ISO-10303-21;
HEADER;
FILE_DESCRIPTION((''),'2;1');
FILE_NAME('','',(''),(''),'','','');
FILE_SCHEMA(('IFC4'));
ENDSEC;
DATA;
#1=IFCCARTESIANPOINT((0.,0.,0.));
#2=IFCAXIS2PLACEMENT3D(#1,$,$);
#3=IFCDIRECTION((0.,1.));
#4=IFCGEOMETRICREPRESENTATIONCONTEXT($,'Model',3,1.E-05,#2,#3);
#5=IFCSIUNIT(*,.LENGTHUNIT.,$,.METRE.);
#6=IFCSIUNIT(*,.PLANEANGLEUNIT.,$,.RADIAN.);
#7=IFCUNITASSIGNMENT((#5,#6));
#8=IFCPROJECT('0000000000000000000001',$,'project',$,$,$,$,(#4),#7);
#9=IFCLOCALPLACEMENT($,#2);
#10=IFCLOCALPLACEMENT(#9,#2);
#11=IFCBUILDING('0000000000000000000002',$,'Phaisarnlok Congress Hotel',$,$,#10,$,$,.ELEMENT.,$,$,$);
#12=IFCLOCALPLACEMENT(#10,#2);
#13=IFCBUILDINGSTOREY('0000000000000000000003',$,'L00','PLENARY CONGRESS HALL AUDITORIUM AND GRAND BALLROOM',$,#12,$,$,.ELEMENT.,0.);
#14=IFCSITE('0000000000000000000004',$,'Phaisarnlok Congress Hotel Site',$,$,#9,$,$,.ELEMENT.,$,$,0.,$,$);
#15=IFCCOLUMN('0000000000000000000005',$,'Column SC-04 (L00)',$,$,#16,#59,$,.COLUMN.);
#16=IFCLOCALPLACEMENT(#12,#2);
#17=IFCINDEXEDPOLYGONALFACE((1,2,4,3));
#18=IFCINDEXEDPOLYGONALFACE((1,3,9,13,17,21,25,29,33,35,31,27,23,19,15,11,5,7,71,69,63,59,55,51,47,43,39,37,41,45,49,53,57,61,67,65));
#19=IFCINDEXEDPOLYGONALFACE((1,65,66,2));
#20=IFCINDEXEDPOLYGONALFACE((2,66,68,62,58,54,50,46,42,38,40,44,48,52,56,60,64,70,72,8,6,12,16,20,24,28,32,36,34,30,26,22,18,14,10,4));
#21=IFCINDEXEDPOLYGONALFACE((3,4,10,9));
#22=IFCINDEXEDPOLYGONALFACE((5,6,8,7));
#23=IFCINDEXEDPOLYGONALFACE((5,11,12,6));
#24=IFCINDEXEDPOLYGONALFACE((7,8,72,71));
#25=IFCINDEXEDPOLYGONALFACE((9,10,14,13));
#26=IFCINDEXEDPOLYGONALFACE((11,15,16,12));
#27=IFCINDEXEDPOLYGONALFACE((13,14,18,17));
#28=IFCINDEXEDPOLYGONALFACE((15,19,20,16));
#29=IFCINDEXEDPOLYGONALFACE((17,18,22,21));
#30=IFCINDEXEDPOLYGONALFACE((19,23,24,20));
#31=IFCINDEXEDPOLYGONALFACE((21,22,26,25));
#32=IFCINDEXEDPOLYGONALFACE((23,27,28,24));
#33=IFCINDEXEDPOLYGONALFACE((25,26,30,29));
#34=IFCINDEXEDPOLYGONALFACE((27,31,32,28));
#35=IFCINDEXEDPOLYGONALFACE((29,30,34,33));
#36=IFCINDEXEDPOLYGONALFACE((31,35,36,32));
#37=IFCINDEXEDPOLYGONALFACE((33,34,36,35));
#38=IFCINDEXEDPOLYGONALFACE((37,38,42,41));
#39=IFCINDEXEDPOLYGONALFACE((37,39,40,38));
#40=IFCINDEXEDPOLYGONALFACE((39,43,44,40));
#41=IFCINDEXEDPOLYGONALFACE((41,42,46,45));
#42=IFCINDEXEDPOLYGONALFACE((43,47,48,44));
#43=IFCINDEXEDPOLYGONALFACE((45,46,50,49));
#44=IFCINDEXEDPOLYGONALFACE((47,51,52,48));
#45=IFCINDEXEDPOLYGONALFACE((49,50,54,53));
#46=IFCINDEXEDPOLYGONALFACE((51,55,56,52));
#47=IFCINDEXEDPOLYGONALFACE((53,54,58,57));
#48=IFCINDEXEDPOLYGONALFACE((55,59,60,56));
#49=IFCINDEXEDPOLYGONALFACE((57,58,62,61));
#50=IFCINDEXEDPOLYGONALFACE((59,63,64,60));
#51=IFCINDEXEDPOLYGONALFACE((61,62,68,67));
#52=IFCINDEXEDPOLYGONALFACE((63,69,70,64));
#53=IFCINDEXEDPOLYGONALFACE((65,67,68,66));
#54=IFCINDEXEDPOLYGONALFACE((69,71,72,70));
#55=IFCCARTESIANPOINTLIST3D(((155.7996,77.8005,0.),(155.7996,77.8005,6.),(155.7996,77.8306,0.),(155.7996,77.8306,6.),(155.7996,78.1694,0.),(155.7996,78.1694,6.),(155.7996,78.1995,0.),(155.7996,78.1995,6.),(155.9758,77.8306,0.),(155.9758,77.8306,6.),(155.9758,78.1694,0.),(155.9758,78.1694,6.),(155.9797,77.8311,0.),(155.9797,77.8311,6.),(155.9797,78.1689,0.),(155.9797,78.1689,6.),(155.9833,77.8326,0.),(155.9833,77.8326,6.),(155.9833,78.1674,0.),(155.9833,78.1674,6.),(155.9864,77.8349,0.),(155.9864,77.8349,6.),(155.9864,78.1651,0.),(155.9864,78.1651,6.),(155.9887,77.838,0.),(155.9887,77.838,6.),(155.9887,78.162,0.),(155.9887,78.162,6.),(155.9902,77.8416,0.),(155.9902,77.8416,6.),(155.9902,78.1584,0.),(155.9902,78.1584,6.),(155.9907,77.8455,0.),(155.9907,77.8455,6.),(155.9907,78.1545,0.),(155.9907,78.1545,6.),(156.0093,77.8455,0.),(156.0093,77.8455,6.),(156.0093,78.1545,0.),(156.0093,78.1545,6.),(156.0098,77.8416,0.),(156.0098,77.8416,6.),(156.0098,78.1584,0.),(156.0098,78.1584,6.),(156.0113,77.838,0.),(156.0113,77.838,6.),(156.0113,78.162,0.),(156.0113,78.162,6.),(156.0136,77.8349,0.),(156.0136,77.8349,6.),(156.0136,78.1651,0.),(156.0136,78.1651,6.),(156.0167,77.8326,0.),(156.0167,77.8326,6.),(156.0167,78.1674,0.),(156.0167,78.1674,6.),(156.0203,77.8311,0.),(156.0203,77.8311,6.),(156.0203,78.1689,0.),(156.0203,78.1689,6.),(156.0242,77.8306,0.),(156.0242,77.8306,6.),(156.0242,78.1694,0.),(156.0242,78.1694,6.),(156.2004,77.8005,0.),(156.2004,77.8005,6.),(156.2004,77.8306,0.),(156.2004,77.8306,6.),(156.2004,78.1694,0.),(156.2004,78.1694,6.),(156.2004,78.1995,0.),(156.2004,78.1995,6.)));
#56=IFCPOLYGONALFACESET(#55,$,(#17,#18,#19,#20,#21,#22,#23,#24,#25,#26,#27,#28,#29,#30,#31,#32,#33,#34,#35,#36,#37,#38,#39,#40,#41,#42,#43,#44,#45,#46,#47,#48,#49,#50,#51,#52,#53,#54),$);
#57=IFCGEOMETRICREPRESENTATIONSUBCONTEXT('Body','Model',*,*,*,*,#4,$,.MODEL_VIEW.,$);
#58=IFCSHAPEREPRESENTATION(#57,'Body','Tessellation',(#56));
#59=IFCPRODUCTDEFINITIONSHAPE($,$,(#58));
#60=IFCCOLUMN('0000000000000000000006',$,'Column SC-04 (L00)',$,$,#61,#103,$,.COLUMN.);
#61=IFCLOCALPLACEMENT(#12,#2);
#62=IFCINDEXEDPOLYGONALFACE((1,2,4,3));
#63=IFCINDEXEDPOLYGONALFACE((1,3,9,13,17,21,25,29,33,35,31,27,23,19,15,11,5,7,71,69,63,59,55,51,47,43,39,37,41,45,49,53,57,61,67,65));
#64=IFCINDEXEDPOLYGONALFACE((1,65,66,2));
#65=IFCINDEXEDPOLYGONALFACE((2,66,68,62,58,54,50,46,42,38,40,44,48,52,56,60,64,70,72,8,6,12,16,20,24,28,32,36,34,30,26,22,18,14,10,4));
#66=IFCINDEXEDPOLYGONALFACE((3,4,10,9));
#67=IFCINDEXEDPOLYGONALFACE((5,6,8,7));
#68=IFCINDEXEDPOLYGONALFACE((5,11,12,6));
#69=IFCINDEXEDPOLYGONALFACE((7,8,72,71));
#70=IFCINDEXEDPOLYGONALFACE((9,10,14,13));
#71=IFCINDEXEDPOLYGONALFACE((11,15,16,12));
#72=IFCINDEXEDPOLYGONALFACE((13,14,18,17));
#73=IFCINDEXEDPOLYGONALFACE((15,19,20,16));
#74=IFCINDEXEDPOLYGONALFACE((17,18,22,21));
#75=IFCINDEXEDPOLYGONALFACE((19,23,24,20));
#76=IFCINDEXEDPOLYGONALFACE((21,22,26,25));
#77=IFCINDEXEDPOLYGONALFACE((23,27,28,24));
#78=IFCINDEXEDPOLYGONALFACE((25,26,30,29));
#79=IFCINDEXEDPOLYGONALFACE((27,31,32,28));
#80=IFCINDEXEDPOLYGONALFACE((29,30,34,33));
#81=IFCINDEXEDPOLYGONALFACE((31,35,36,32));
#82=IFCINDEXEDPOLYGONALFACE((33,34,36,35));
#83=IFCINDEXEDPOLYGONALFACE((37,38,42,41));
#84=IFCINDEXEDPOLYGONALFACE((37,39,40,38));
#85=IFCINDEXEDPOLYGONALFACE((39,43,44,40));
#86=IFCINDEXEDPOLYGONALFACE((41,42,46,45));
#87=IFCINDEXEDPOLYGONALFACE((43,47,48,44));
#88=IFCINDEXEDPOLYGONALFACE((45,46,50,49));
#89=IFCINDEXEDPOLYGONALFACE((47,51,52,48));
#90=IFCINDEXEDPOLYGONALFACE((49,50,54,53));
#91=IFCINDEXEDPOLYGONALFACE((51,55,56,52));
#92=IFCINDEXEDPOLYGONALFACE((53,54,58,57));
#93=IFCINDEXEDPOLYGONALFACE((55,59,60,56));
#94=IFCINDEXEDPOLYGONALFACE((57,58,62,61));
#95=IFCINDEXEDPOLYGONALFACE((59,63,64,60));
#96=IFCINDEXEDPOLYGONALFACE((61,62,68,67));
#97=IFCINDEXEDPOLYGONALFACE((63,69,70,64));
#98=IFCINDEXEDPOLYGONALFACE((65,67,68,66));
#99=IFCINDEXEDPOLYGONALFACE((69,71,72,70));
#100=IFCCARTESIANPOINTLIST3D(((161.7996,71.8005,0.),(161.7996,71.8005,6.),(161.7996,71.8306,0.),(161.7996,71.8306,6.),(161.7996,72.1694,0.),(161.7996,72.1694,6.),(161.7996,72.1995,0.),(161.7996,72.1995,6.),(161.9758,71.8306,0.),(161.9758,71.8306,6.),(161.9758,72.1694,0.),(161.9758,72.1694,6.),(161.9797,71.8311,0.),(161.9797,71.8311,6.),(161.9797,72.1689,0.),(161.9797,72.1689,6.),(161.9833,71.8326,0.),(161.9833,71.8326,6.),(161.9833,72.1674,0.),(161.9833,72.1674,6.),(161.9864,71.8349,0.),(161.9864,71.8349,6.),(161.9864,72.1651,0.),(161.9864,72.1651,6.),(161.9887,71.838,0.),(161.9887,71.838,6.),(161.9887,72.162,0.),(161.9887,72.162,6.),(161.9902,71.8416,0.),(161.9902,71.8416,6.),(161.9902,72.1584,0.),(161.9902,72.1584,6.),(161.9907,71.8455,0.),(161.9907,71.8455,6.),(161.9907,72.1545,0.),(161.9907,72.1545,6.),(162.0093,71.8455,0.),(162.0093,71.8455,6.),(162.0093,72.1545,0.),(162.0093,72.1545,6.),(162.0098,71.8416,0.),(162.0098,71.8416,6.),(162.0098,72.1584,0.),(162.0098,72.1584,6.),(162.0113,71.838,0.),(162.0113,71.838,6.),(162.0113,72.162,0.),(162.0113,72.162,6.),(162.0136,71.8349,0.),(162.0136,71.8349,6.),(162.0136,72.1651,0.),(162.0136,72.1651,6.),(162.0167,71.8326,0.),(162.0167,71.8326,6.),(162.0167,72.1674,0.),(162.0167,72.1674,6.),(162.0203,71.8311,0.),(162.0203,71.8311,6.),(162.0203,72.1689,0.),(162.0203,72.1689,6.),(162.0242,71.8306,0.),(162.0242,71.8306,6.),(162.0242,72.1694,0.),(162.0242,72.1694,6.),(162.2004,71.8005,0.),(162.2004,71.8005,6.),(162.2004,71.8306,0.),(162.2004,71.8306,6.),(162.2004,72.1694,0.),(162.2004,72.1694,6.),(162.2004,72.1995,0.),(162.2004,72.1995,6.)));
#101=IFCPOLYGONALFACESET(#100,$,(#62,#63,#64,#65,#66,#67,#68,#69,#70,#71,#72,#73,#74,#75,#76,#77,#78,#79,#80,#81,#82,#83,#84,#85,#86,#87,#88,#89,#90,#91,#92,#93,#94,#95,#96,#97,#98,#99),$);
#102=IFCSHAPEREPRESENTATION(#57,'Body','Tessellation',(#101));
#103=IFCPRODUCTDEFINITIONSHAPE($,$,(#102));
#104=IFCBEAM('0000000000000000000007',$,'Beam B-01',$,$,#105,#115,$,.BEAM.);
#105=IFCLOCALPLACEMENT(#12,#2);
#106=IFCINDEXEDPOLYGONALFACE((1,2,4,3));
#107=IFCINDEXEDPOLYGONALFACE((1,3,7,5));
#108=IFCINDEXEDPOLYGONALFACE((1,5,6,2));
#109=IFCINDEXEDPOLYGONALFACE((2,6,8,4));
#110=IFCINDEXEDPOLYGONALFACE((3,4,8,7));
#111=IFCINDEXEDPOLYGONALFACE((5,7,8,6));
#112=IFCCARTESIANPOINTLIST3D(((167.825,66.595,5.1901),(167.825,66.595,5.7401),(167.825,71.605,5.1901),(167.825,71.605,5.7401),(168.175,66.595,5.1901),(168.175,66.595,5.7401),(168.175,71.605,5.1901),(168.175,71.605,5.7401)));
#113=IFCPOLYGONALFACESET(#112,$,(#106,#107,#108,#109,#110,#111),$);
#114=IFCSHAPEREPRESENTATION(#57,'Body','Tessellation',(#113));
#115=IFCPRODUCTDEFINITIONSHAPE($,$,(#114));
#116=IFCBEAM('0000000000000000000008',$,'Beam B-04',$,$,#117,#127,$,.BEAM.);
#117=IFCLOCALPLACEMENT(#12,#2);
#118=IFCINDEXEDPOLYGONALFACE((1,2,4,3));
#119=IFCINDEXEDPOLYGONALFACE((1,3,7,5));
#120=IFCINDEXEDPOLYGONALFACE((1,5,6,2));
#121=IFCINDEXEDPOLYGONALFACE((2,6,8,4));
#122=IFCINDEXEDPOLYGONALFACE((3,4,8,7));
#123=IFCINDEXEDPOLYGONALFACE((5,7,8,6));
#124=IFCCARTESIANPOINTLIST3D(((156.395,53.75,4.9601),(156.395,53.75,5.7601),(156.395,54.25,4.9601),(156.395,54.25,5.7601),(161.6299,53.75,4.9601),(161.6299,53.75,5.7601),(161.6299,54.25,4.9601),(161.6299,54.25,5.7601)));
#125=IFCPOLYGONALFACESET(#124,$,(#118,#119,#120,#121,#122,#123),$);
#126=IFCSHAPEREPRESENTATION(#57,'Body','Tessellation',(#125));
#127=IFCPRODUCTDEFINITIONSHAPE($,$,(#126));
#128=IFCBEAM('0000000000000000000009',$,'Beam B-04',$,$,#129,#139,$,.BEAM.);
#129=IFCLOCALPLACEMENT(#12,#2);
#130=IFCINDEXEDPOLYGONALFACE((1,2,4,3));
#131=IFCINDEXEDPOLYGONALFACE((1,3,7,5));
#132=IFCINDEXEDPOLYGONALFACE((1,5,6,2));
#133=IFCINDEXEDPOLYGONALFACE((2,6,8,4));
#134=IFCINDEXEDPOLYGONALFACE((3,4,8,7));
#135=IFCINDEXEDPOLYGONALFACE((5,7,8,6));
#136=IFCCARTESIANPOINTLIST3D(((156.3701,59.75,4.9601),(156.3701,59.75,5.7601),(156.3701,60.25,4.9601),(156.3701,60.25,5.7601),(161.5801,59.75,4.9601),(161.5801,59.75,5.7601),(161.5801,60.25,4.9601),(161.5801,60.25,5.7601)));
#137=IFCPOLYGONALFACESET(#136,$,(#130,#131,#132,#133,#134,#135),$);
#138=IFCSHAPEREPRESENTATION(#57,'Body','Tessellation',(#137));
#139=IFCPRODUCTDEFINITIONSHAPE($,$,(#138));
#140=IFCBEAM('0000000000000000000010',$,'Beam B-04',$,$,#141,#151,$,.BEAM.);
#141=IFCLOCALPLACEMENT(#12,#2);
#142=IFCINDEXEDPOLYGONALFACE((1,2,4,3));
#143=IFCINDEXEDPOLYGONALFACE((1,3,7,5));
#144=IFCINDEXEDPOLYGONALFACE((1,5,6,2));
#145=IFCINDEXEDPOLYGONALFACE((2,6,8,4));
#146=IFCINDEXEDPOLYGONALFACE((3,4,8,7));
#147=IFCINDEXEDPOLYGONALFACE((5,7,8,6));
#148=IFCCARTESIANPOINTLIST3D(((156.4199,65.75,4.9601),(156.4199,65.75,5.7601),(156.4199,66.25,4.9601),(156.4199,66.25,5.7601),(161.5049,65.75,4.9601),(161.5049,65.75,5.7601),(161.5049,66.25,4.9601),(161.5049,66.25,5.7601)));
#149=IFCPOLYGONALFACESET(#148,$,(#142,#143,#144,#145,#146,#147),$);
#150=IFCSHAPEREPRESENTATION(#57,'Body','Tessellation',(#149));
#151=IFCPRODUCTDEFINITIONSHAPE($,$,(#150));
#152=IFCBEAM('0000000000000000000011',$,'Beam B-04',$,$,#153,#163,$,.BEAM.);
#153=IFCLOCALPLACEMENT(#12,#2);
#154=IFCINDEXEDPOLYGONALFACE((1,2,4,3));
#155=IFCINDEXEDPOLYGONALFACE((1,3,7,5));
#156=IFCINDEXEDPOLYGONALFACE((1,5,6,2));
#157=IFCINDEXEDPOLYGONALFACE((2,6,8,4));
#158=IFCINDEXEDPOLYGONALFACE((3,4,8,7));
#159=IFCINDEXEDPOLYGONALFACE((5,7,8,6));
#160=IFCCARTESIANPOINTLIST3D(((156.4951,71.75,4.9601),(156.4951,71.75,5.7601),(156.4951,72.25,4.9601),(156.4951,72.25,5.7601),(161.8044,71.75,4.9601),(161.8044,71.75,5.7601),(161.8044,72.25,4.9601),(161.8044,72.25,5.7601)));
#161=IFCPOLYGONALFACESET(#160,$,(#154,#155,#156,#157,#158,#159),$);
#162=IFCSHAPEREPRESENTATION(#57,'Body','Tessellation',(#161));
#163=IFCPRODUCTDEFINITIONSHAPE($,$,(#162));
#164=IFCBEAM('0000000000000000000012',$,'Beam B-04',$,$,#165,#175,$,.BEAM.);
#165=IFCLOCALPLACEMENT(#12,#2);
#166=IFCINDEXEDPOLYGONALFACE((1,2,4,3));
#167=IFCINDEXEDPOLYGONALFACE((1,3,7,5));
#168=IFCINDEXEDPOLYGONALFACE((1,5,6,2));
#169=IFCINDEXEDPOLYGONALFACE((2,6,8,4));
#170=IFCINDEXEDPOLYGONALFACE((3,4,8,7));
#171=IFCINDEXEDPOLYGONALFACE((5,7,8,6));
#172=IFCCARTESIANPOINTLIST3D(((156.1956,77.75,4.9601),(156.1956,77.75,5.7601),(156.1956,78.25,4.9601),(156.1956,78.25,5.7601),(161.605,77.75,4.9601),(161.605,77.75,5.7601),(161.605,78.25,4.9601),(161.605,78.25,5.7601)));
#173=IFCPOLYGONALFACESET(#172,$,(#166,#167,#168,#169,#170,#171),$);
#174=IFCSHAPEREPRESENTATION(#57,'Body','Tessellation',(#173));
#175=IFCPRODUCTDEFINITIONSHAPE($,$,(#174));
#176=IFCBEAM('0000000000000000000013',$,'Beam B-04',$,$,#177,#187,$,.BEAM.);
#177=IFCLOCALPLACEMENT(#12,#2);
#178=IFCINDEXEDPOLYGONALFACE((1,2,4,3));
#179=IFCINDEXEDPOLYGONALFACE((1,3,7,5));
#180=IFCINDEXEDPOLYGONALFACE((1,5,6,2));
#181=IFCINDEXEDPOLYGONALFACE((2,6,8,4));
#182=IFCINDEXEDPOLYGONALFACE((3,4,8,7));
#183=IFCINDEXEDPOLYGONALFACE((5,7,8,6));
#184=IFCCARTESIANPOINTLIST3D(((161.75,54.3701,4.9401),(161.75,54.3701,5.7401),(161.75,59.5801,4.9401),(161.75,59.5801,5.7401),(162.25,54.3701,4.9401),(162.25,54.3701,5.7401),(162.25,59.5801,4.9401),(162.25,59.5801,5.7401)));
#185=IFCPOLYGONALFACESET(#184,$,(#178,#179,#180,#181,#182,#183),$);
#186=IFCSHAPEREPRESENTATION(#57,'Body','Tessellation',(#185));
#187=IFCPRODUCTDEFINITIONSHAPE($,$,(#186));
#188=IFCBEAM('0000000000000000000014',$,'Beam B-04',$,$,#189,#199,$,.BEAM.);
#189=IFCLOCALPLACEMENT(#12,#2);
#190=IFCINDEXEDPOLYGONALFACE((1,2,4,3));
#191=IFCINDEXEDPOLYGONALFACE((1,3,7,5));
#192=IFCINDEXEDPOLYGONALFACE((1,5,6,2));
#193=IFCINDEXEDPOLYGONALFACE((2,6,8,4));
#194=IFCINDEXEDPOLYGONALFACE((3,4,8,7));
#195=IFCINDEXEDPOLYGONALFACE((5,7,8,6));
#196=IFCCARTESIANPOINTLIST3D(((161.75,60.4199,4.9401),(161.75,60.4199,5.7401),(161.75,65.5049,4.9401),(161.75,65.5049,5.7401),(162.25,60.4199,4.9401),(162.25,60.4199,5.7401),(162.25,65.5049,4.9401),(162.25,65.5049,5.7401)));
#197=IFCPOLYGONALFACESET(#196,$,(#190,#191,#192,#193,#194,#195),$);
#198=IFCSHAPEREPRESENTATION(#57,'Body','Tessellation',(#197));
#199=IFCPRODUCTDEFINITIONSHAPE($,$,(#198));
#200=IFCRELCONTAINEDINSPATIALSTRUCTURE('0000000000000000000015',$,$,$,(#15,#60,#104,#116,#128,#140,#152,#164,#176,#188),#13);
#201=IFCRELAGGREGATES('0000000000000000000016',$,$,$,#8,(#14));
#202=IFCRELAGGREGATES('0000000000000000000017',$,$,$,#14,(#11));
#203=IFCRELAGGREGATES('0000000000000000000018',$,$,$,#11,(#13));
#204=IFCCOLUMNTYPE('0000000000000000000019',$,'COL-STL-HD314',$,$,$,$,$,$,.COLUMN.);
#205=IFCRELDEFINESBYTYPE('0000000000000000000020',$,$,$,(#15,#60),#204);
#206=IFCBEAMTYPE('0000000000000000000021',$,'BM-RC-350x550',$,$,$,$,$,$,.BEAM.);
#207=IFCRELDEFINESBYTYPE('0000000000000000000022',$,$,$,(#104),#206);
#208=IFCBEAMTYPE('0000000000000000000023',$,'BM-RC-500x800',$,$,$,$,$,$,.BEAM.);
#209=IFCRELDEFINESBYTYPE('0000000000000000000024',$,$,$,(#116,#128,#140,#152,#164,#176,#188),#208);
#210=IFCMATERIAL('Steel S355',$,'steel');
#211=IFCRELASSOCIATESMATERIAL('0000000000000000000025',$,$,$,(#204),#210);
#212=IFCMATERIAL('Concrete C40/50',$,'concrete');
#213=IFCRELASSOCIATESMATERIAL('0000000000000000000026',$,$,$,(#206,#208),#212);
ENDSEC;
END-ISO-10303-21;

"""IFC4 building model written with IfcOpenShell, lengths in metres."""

from ifc_helpers import new_model, si_unit, direction, frame, origin, origin_2d, place, context, subcontext, project, spatial, rectangle, i_section, extrude, material, material_profile, profile_set, type_object, element, save


model = new_model("IFC4")

# Units and contexts
model_context = context("Model", 3, precision=1e-05, world=origin(), true_north=direction((0.0, 1.0)))
body_context = subcontext(model_context, "Body", "Model", "MODEL_VIEW")
ifc_project = project(units=[si_unit("LENGTHUNIT", "METRE"), si_unit("PLANEANGLEUNIT", "RADIAN")], contexts=[model_context])

# Site, building, storey
site_placement = place(None, origin())
site = spatial("IfcSite", under=ifc_project, at=site_placement, Name="Phaisarnlok Congress Hotel Site", CompositionType="ELEMENT", RefElevation=0.0)
building_placement = place(site_placement, origin())
building = spatial("IfcBuilding", under=site, at=building_placement, Name="Phaisarnlok Congress Hotel", CompositionType="ELEMENT")
storey_placement = place(building_placement, origin())
storey = spatial("IfcBuildingStorey", under=building, at=storey_placement, Name="L00", Description="PLENARY CONGRESS HALL AUDITORIUM AND GRAND BALLROOM", CompositionType="ELEMENT", Elevation=0.0)

# Columns
ifc_material_1 = material(Name="Steel S355", Category="steel")
ifc_material_profile_1 = material_profile(ifc_material_1, i_section(OverallWidth=0.4009, OverallDepth=0.3989, WebThickness=0.0186, FlangeThickness=0.03, FilletRadius=0.0149, at=origin_2d()), Name="HD 400x314")
ifc_profile_set_1 = profile_set([ifc_material_profile_1], Name="Steel S355")
column_type_1 = type_object("IfcColumnType", Name="COL-STL-HD314", PredefinedType="COLUMN", material=ifc_profile_set_1)
for number, where, z_axis, x_axis, name in (
    (1, (156.0, 78.0, 0.0), (0.0, 0.0, 1.0), (1.0, 0.0, 0.0), "Column SC-04 (L00)"),
    (2, (162.0, 72.0, 0.0), (0.0, 0.0, 1.0), (1.0, 0.0, 0.0), "Column SC-04 (L00)"),
):
    element("IfcColumn", number, at=place(storey_placement, frame(where, z_axis=z_axis, x_axis=x_axis)), inside=storey, type_object=column_type_1, Name=name, PredefinedType="COLUMN", context=body_context, shape_type="SweptSolid", body=[
        extrude(i_section(OverallWidth=0.4009, OverallDepth=0.3989, WebThickness=0.0186, FlangeThickness=0.03, FilletRadius=0.0149, at=origin_2d()), origin(), (0.0, 0.0, 1.0), 6.0),
    ])

# Beams
ifc_material_2 = material(Name="Concrete C40/50", Category="concrete")
ifc_material_profile_2 = material_profile(ifc_material_2, rectangle(XDim=0.3501, YDim=0.55, at=origin_2d()), Name="RC 350x550")
ifc_profile_set_2 = profile_set([ifc_material_profile_2], Name="Concrete C40/50")
beam_type_1 = type_object("IfcBeamType", Name="BM-RC-350x550", PredefinedType="BEAM", material=ifc_profile_set_2)
beam_1_placement = place(storey_placement, frame((168.0, 66.595, 5.4651), z_axis=(0.0, 1.0, 0.0), x_axis=(-1.0, 0.0, 0.0)))
element("IfcBeam", 3, at=beam_1_placement, inside=storey, type_object=beam_type_1, Name="Beam B-01", PredefinedType="BEAM", context=body_context, shape_type="SweptSolid", body=[
    extrude(rectangle(XDim=0.3501, YDim=0.55, at=origin_2d()), origin(), (0.0, 0.0, 1.0), 5.01),
])
ifc_material_profile_3 = material_profile(ifc_material_2, rectangle(XDim=0.5, YDim=0.8, at=origin_2d()), Name="RC 500x800")
ifc_profile_set_3 = profile_set([ifc_material_profile_3], Name="Concrete C40/50")
beam_type_2 = type_object("IfcBeamType", Name="BM-RC-500x800", PredefinedType="BEAM", material=ifc_profile_set_3)
beam_2_placement = place(storey_placement, frame((156.395, 54.0, 5.3601), z_axis=(1.0, 0.0, 0.0), x_axis=(0.0, 1.0, 0.0)))
element("IfcBeam", 4, at=beam_2_placement, inside=storey, type_object=beam_type_2, Name="Beam B-04", PredefinedType="BEAM", context=body_context, shape_type="SweptSolid", body=[
    extrude(rectangle(XDim=0.5, YDim=0.8, at=origin_2d()), origin(), (0.0, 0.0, 1.0), 5.2349),
])
beam_3_placement = place(storey_placement, frame((156.3701, 60.0, 5.3601), z_axis=(1.0, 0.0, 0.0), x_axis=(0.0, 1.0, 0.0)))
element("IfcBeam", 5, at=beam_3_placement, inside=storey, type_object=beam_type_2, Name="Beam B-04", PredefinedType="BEAM", context=body_context, shape_type="SweptSolid", body=[
    extrude(rectangle(XDim=0.5, YDim=0.8, at=origin_2d()), origin(), (0.0, 0.0, 1.0), 5.21),
])
beam_4_placement = place(storey_placement, frame((156.4199, 66.0, 5.3601), z_axis=(1.0, 0.0, 0.0), x_axis=(0.0, 1.0, 0.0)))
element("IfcBeam", 6, at=beam_4_placement, inside=storey, type_object=beam_type_2, Name="Beam B-04", PredefinedType="BEAM", context=body_context, shape_type="SweptSolid", body=[
    extrude(rectangle(XDim=0.5, YDim=0.8, at=origin_2d()), origin(), (0.0, 0.0, 1.0), 5.085),
])
beam_5_placement = place(storey_placement, frame((156.4951, 72.0, 5.3601), z_axis=(1.0, 0.0, 0.0), x_axis=(0.0, 1.0, 0.0)))
element("IfcBeam", 7, at=beam_5_placement, inside=storey, type_object=beam_type_2, Name="Beam B-04", PredefinedType="BEAM", context=body_context, shape_type="SweptSolid", body=[
    extrude(rectangle(XDim=0.5, YDim=0.8, at=origin_2d()), origin(), (0.0, 0.0, 1.0), 5.3093),
])
beam_6_placement = place(storey_placement, frame((156.1956, 78.0, 5.3601), z_axis=(1.0, 0.0, 0.0), x_axis=(0.0, 1.0, 0.0)))
element("IfcBeam", 8, at=beam_6_placement, inside=storey, type_object=beam_type_2, Name="Beam B-04", PredefinedType="BEAM", context=body_context, shape_type="SweptSolid", body=[
    extrude(rectangle(XDim=0.5, YDim=0.8, at=origin_2d()), origin(), (0.0, 0.0, 1.0), 5.4094),
])
beam_7_placement = place(storey_placement, frame((162.0, 54.3701, 5.3401), z_axis=(0.0, 1.0, 0.0), x_axis=(-1.0, 0.0, 0.0)))
element("IfcBeam", 9, at=beam_7_placement, inside=storey, type_object=beam_type_2, Name="Beam B-04", PredefinedType="BEAM", context=body_context, shape_type="SweptSolid", body=[
    extrude(rectangle(XDim=0.5, YDim=0.8, at=origin_2d()), origin(), (0.0, 0.0, 1.0), 5.21),
])
beam_8_placement = place(storey_placement, frame((162.0, 60.4199, 5.3401), z_axis=(0.0, 1.0, 0.0), x_axis=(-1.0, 0.0, 0.0)))
element("IfcBeam", 10, at=beam_8_placement, inside=storey, type_object=beam_type_2, Name="Beam B-04", PredefinedType="BEAM", context=body_context, shape_type="SweptSolid", body=[
    extrude(rectangle(XDim=0.5, YDim=0.8, at=origin_2d()), origin(), (0.0, 0.0, 1.0), 5.085),
])

save(model, "model.ifc")
